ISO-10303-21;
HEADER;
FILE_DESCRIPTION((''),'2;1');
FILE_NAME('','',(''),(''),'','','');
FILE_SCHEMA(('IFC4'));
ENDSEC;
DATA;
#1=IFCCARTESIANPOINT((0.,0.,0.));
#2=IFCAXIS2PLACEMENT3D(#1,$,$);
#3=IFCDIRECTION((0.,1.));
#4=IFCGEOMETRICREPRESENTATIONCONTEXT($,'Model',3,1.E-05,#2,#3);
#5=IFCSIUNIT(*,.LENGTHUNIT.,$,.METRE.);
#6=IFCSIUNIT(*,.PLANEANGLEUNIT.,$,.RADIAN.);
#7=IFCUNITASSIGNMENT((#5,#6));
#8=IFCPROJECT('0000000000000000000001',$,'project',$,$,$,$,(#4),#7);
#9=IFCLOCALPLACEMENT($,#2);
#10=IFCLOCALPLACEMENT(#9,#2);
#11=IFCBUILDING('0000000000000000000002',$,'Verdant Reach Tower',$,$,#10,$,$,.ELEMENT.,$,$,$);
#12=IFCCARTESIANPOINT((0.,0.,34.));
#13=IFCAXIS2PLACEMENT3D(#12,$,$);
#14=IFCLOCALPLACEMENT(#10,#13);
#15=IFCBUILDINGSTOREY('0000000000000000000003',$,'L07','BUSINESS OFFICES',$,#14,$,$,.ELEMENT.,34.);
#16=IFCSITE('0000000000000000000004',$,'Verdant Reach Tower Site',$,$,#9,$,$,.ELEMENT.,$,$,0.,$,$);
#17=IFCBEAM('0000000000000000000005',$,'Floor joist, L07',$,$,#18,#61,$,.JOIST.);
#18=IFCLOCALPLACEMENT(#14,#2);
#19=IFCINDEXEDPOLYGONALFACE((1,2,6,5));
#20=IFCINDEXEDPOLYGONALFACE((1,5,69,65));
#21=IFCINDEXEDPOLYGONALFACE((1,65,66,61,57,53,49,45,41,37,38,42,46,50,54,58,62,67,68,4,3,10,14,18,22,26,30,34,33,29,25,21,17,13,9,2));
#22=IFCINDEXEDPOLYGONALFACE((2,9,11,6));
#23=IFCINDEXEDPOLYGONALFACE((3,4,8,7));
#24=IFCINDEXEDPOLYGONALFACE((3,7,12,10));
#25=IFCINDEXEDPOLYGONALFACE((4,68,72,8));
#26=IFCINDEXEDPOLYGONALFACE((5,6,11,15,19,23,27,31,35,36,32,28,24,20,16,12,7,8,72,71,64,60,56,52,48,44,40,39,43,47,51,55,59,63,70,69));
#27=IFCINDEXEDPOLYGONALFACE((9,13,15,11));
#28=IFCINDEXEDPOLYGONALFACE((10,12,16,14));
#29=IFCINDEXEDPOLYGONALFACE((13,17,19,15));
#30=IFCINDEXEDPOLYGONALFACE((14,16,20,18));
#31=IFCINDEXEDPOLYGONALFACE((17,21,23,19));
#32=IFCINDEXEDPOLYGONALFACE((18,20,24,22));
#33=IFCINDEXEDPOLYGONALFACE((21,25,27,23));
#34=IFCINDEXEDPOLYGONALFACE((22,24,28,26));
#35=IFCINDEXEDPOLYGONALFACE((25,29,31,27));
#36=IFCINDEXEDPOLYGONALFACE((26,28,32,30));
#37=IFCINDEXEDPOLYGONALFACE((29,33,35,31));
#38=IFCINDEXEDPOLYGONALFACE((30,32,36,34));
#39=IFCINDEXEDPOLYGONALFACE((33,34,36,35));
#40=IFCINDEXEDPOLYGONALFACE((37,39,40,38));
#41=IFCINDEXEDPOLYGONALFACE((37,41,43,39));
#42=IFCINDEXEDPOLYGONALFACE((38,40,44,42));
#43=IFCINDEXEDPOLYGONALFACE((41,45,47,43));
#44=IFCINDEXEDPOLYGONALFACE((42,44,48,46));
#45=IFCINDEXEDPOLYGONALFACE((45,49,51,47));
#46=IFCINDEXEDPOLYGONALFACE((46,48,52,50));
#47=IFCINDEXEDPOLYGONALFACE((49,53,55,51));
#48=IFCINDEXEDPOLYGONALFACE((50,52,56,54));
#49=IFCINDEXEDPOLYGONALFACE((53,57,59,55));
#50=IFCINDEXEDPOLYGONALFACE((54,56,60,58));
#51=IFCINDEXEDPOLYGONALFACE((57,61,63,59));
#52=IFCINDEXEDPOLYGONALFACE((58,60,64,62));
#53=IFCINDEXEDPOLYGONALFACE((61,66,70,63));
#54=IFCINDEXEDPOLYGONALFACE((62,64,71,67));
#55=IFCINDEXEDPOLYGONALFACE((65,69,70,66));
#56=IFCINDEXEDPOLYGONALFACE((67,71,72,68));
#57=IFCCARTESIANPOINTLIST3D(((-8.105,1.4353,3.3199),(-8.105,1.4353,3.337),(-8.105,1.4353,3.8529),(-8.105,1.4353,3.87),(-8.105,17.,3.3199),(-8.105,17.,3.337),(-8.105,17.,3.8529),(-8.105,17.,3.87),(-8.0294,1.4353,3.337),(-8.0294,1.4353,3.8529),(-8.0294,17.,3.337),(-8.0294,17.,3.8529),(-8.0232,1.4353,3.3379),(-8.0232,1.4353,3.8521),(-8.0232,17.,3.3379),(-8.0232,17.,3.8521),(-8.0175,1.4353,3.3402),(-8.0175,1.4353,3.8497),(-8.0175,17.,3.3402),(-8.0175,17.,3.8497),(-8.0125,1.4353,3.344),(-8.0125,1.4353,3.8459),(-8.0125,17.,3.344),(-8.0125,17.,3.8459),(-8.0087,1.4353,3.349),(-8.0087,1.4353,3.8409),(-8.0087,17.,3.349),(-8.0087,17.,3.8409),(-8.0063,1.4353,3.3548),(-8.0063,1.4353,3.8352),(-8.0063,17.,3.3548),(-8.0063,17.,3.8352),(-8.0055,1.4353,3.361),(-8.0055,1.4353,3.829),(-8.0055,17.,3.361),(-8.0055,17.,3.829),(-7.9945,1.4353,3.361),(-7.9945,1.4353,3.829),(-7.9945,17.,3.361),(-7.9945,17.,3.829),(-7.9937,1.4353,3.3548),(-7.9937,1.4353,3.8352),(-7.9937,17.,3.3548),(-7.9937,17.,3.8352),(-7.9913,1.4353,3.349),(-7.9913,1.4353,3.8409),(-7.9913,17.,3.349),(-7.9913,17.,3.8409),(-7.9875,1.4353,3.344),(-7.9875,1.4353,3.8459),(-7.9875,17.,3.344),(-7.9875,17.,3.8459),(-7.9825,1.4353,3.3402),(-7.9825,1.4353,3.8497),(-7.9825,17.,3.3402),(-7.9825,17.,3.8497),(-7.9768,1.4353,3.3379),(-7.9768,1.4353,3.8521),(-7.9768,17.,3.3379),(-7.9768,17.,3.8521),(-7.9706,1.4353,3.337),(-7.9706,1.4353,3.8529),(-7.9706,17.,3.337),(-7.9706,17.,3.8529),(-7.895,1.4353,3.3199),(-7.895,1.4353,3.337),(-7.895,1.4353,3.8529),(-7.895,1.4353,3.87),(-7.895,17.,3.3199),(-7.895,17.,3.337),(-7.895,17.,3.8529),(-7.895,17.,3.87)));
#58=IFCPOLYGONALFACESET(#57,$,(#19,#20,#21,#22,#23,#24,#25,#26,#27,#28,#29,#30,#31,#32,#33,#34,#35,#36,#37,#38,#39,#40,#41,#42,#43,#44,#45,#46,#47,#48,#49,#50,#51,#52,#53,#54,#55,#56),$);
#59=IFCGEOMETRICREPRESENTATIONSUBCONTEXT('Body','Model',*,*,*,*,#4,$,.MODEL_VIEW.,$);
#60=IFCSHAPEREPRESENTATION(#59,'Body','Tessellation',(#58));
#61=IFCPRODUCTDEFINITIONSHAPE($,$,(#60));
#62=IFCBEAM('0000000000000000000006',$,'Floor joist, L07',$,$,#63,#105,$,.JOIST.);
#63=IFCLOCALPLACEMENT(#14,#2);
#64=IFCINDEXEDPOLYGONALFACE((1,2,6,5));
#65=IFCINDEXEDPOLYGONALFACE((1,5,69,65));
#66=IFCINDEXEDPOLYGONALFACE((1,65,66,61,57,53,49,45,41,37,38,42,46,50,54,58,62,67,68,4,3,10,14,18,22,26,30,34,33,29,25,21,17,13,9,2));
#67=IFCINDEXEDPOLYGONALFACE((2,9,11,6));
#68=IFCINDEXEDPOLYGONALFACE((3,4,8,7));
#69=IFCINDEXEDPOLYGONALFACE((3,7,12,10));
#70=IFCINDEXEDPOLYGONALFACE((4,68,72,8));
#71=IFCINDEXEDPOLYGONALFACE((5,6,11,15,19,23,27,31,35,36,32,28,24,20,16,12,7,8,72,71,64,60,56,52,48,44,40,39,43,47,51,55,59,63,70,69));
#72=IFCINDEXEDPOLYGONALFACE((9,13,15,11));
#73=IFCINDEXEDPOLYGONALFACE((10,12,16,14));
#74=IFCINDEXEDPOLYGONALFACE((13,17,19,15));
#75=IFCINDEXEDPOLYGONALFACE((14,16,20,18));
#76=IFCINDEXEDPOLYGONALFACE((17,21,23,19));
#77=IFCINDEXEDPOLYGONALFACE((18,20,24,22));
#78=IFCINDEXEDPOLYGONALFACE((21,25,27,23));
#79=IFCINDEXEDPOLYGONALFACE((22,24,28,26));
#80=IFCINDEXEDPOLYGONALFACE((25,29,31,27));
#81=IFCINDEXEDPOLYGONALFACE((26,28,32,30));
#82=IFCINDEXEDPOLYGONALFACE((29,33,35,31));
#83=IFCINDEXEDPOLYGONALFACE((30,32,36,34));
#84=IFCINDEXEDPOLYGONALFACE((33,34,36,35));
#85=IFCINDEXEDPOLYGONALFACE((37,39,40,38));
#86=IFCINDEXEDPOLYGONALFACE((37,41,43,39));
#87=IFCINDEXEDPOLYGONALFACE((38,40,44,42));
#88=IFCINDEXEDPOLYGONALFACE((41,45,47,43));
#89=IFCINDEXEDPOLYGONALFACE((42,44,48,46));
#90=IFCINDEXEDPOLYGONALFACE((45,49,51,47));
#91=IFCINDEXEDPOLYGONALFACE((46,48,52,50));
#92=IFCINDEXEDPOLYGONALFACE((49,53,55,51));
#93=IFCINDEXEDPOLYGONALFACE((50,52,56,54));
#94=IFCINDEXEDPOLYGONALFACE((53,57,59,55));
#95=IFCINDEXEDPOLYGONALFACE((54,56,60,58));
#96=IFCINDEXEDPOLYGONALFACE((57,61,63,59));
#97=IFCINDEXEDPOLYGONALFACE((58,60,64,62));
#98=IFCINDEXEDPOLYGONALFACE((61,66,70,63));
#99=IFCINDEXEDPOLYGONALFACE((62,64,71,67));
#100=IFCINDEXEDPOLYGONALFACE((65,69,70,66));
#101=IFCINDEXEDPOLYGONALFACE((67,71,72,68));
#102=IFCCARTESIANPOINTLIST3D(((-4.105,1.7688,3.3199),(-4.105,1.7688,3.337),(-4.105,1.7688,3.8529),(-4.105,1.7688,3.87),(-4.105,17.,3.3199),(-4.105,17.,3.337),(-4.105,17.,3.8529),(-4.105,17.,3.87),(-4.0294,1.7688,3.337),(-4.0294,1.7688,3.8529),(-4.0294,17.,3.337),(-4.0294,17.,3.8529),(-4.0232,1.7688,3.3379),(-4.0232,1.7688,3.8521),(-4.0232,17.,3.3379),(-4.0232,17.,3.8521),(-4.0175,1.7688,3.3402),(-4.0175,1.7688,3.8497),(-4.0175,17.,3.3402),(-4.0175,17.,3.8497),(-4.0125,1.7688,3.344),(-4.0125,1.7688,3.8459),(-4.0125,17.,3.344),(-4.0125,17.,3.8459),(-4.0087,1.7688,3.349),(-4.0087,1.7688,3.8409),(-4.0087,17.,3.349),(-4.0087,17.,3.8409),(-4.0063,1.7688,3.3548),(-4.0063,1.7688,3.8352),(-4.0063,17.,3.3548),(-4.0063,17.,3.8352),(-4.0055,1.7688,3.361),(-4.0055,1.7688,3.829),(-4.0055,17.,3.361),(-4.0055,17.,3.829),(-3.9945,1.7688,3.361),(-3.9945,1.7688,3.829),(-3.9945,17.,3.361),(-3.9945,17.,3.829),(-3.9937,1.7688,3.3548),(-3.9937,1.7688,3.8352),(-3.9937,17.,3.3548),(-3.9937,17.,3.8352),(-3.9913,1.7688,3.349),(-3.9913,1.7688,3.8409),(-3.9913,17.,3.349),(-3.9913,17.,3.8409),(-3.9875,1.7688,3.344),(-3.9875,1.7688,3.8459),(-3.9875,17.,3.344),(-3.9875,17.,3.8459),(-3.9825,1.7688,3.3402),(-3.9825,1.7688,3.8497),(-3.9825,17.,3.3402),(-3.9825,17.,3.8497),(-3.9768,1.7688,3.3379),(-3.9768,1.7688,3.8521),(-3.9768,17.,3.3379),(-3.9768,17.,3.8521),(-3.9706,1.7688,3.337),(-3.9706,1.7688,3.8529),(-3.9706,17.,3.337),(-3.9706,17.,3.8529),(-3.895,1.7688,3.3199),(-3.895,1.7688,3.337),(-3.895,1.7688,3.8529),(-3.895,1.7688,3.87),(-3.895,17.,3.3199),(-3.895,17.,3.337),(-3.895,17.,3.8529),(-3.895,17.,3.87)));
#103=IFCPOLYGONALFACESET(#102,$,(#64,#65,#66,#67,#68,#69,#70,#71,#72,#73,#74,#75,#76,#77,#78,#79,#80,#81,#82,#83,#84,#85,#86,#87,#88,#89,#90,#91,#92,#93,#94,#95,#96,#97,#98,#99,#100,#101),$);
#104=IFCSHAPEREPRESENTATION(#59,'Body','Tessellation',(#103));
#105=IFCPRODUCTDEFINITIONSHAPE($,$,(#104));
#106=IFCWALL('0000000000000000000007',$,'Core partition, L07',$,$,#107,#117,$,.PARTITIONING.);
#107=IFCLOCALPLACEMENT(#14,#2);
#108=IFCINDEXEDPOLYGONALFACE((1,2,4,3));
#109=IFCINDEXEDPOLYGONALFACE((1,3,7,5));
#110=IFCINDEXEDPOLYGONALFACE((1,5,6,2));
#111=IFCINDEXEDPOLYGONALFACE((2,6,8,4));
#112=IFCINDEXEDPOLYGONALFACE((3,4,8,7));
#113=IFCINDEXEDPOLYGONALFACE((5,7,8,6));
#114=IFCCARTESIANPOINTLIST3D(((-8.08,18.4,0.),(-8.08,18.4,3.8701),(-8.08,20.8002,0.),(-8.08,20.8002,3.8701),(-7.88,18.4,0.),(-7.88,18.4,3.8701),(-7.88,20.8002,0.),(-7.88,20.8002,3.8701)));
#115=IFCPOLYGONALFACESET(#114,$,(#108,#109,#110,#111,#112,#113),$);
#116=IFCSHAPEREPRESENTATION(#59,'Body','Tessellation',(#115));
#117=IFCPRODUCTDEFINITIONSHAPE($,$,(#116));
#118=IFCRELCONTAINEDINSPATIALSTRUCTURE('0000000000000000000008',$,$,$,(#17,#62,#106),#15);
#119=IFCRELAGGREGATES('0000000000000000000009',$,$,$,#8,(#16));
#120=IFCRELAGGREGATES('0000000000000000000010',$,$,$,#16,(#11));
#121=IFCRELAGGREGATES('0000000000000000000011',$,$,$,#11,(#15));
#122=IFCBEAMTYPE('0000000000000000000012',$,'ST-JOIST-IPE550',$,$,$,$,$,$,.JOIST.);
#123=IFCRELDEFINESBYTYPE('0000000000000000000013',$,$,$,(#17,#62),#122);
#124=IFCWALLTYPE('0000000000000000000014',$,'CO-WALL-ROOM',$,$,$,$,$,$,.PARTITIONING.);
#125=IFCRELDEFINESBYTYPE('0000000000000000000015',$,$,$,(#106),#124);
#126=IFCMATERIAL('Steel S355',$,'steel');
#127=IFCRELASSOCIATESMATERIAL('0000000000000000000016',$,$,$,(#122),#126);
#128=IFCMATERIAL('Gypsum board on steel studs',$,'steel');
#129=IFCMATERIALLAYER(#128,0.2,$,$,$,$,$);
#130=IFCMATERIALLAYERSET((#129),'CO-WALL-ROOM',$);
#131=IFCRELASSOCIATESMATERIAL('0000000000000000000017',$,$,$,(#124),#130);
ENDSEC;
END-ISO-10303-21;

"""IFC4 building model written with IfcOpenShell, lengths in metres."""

from ifc_helpers import new_model, si_unit, direction, frame, frame_2d, origin, origin_2d, place, context, subcontext, project, spatial, rectangle, i_section, extrude, material, layer, layer_set, material_profile, profile_set, type_object, element, save


model = new_model("IFC4")

# Units and contexts
model_context = context("Model", 3, precision=1e-05, world=origin(), true_north=direction((0.0, 1.0)))
body_context = subcontext(model_context, "Body", "Model", "MODEL_VIEW")
ifc_project = project(units=[si_unit("LENGTHUNIT", "METRE"), si_unit("PLANEANGLEUNIT", "RADIAN")], contexts=[model_context])

# Site, building, storey
site_placement = place(None, origin())
site = spatial("IfcSite", under=ifc_project, at=site_placement, Name="Verdant Reach Tower Site", CompositionType="ELEMENT", RefElevation=0.0)
building_placement = place(site_placement, origin())
building = spatial("IfcBuilding", under=site, at=building_placement, Name="Verdant Reach Tower", CompositionType="ELEMENT")
storey_placement = place(building_placement, frame((0.0, 0.0, 34.0)))
storey = spatial("IfcBuildingStorey", under=building, at=storey_placement, Name="L07", Description="BUSINESS OFFICES", CompositionType="ELEMENT", Elevation=34.0)

# Beams
ifc_material_1 = material(Name="Steel S355", Category="steel")
ifc_material_profile = material_profile(ifc_material_1, i_section(OverallWidth=0.21, OverallDepth=0.55, WebThickness=0.011, FlangeThickness=0.0171, FilletRadius=0.0239, at=origin_2d()), Name="IPE 550")
ifc_profile_set = profile_set([ifc_material_profile], Name="Steel S355")
beam_type = type_object("IfcBeamType", Name="ST-JOIST-IPE550", PredefinedType="JOIST", material=ifc_profile_set)
beam_1_placement = place(storey_placement, frame((-8.0, 17.0, 3.595), z_axis=(0.0, -1.0, 0.0), x_axis=(1.0, 0.0, 0.0)))
element("IfcBeam", 1, at=beam_1_placement, inside=storey, type_object=beam_type, Name="Floor joist, L07", PredefinedType="JOIST", context=body_context, shape_type="SweptSolid", body=[
    extrude(i_section(OverallWidth=0.21, OverallDepth=0.55, WebThickness=0.011, FlangeThickness=0.0171, FilletRadius=0.0239, at=origin_2d()), origin(), (0.0, 0.0, 1.0), 15.5647),
])
beam_2_placement = place(storey_placement, frame((-4.0, 17.0, 3.595), z_axis=(0.0, -1.0, 0.0), x_axis=(1.0, 0.0, 0.0)))
element("IfcBeam", 2, at=beam_2_placement, inside=storey, type_object=beam_type, Name="Floor joist, L07", PredefinedType="JOIST", context=body_context, shape_type="SweptSolid", body=[
    extrude(i_section(OverallWidth=0.21, OverallDepth=0.55, WebThickness=0.011, FlangeThickness=0.0171, FilletRadius=0.0239, at=origin_2d()), origin(), (0.0, 0.0, 1.0), 15.2312),
])

# Wall
ifc_material_2 = material(Name="Gypsum board on steel studs", Category="steel")
ifc_layer_1 = layer(ifc_material_2, 0.2)
ifc_layer_set_1 = layer_set([ifc_layer_1], Name="CO-WALL-ROOM")
wall_type_1 = type_object("IfcWallType", Name="CO-WALL-ROOM", PredefinedType="PARTITIONING", material=ifc_layer_set_1)
wall_1_placement = place(storey_placement, frame((-7.98, 18.3999, 0.0), z_axis=(0.0, 0.0, 1.0), x_axis=(0.0, 1.0, 0.0)))
element("IfcWall", 3, at=wall_1_placement, inside=storey, type_object=wall_type_1, Name="Core partition, L07", PredefinedType="PARTITIONING", context=body_context, shape_type="SweptSolid", body=[
    extrude(rectangle(XDim=2.4001, YDim=0.2, at=frame_2d((1.2002, 0.0))), origin(), (0.0, 0.0, 1.0), 3.8701),
])

save(model, "model.ifc")
